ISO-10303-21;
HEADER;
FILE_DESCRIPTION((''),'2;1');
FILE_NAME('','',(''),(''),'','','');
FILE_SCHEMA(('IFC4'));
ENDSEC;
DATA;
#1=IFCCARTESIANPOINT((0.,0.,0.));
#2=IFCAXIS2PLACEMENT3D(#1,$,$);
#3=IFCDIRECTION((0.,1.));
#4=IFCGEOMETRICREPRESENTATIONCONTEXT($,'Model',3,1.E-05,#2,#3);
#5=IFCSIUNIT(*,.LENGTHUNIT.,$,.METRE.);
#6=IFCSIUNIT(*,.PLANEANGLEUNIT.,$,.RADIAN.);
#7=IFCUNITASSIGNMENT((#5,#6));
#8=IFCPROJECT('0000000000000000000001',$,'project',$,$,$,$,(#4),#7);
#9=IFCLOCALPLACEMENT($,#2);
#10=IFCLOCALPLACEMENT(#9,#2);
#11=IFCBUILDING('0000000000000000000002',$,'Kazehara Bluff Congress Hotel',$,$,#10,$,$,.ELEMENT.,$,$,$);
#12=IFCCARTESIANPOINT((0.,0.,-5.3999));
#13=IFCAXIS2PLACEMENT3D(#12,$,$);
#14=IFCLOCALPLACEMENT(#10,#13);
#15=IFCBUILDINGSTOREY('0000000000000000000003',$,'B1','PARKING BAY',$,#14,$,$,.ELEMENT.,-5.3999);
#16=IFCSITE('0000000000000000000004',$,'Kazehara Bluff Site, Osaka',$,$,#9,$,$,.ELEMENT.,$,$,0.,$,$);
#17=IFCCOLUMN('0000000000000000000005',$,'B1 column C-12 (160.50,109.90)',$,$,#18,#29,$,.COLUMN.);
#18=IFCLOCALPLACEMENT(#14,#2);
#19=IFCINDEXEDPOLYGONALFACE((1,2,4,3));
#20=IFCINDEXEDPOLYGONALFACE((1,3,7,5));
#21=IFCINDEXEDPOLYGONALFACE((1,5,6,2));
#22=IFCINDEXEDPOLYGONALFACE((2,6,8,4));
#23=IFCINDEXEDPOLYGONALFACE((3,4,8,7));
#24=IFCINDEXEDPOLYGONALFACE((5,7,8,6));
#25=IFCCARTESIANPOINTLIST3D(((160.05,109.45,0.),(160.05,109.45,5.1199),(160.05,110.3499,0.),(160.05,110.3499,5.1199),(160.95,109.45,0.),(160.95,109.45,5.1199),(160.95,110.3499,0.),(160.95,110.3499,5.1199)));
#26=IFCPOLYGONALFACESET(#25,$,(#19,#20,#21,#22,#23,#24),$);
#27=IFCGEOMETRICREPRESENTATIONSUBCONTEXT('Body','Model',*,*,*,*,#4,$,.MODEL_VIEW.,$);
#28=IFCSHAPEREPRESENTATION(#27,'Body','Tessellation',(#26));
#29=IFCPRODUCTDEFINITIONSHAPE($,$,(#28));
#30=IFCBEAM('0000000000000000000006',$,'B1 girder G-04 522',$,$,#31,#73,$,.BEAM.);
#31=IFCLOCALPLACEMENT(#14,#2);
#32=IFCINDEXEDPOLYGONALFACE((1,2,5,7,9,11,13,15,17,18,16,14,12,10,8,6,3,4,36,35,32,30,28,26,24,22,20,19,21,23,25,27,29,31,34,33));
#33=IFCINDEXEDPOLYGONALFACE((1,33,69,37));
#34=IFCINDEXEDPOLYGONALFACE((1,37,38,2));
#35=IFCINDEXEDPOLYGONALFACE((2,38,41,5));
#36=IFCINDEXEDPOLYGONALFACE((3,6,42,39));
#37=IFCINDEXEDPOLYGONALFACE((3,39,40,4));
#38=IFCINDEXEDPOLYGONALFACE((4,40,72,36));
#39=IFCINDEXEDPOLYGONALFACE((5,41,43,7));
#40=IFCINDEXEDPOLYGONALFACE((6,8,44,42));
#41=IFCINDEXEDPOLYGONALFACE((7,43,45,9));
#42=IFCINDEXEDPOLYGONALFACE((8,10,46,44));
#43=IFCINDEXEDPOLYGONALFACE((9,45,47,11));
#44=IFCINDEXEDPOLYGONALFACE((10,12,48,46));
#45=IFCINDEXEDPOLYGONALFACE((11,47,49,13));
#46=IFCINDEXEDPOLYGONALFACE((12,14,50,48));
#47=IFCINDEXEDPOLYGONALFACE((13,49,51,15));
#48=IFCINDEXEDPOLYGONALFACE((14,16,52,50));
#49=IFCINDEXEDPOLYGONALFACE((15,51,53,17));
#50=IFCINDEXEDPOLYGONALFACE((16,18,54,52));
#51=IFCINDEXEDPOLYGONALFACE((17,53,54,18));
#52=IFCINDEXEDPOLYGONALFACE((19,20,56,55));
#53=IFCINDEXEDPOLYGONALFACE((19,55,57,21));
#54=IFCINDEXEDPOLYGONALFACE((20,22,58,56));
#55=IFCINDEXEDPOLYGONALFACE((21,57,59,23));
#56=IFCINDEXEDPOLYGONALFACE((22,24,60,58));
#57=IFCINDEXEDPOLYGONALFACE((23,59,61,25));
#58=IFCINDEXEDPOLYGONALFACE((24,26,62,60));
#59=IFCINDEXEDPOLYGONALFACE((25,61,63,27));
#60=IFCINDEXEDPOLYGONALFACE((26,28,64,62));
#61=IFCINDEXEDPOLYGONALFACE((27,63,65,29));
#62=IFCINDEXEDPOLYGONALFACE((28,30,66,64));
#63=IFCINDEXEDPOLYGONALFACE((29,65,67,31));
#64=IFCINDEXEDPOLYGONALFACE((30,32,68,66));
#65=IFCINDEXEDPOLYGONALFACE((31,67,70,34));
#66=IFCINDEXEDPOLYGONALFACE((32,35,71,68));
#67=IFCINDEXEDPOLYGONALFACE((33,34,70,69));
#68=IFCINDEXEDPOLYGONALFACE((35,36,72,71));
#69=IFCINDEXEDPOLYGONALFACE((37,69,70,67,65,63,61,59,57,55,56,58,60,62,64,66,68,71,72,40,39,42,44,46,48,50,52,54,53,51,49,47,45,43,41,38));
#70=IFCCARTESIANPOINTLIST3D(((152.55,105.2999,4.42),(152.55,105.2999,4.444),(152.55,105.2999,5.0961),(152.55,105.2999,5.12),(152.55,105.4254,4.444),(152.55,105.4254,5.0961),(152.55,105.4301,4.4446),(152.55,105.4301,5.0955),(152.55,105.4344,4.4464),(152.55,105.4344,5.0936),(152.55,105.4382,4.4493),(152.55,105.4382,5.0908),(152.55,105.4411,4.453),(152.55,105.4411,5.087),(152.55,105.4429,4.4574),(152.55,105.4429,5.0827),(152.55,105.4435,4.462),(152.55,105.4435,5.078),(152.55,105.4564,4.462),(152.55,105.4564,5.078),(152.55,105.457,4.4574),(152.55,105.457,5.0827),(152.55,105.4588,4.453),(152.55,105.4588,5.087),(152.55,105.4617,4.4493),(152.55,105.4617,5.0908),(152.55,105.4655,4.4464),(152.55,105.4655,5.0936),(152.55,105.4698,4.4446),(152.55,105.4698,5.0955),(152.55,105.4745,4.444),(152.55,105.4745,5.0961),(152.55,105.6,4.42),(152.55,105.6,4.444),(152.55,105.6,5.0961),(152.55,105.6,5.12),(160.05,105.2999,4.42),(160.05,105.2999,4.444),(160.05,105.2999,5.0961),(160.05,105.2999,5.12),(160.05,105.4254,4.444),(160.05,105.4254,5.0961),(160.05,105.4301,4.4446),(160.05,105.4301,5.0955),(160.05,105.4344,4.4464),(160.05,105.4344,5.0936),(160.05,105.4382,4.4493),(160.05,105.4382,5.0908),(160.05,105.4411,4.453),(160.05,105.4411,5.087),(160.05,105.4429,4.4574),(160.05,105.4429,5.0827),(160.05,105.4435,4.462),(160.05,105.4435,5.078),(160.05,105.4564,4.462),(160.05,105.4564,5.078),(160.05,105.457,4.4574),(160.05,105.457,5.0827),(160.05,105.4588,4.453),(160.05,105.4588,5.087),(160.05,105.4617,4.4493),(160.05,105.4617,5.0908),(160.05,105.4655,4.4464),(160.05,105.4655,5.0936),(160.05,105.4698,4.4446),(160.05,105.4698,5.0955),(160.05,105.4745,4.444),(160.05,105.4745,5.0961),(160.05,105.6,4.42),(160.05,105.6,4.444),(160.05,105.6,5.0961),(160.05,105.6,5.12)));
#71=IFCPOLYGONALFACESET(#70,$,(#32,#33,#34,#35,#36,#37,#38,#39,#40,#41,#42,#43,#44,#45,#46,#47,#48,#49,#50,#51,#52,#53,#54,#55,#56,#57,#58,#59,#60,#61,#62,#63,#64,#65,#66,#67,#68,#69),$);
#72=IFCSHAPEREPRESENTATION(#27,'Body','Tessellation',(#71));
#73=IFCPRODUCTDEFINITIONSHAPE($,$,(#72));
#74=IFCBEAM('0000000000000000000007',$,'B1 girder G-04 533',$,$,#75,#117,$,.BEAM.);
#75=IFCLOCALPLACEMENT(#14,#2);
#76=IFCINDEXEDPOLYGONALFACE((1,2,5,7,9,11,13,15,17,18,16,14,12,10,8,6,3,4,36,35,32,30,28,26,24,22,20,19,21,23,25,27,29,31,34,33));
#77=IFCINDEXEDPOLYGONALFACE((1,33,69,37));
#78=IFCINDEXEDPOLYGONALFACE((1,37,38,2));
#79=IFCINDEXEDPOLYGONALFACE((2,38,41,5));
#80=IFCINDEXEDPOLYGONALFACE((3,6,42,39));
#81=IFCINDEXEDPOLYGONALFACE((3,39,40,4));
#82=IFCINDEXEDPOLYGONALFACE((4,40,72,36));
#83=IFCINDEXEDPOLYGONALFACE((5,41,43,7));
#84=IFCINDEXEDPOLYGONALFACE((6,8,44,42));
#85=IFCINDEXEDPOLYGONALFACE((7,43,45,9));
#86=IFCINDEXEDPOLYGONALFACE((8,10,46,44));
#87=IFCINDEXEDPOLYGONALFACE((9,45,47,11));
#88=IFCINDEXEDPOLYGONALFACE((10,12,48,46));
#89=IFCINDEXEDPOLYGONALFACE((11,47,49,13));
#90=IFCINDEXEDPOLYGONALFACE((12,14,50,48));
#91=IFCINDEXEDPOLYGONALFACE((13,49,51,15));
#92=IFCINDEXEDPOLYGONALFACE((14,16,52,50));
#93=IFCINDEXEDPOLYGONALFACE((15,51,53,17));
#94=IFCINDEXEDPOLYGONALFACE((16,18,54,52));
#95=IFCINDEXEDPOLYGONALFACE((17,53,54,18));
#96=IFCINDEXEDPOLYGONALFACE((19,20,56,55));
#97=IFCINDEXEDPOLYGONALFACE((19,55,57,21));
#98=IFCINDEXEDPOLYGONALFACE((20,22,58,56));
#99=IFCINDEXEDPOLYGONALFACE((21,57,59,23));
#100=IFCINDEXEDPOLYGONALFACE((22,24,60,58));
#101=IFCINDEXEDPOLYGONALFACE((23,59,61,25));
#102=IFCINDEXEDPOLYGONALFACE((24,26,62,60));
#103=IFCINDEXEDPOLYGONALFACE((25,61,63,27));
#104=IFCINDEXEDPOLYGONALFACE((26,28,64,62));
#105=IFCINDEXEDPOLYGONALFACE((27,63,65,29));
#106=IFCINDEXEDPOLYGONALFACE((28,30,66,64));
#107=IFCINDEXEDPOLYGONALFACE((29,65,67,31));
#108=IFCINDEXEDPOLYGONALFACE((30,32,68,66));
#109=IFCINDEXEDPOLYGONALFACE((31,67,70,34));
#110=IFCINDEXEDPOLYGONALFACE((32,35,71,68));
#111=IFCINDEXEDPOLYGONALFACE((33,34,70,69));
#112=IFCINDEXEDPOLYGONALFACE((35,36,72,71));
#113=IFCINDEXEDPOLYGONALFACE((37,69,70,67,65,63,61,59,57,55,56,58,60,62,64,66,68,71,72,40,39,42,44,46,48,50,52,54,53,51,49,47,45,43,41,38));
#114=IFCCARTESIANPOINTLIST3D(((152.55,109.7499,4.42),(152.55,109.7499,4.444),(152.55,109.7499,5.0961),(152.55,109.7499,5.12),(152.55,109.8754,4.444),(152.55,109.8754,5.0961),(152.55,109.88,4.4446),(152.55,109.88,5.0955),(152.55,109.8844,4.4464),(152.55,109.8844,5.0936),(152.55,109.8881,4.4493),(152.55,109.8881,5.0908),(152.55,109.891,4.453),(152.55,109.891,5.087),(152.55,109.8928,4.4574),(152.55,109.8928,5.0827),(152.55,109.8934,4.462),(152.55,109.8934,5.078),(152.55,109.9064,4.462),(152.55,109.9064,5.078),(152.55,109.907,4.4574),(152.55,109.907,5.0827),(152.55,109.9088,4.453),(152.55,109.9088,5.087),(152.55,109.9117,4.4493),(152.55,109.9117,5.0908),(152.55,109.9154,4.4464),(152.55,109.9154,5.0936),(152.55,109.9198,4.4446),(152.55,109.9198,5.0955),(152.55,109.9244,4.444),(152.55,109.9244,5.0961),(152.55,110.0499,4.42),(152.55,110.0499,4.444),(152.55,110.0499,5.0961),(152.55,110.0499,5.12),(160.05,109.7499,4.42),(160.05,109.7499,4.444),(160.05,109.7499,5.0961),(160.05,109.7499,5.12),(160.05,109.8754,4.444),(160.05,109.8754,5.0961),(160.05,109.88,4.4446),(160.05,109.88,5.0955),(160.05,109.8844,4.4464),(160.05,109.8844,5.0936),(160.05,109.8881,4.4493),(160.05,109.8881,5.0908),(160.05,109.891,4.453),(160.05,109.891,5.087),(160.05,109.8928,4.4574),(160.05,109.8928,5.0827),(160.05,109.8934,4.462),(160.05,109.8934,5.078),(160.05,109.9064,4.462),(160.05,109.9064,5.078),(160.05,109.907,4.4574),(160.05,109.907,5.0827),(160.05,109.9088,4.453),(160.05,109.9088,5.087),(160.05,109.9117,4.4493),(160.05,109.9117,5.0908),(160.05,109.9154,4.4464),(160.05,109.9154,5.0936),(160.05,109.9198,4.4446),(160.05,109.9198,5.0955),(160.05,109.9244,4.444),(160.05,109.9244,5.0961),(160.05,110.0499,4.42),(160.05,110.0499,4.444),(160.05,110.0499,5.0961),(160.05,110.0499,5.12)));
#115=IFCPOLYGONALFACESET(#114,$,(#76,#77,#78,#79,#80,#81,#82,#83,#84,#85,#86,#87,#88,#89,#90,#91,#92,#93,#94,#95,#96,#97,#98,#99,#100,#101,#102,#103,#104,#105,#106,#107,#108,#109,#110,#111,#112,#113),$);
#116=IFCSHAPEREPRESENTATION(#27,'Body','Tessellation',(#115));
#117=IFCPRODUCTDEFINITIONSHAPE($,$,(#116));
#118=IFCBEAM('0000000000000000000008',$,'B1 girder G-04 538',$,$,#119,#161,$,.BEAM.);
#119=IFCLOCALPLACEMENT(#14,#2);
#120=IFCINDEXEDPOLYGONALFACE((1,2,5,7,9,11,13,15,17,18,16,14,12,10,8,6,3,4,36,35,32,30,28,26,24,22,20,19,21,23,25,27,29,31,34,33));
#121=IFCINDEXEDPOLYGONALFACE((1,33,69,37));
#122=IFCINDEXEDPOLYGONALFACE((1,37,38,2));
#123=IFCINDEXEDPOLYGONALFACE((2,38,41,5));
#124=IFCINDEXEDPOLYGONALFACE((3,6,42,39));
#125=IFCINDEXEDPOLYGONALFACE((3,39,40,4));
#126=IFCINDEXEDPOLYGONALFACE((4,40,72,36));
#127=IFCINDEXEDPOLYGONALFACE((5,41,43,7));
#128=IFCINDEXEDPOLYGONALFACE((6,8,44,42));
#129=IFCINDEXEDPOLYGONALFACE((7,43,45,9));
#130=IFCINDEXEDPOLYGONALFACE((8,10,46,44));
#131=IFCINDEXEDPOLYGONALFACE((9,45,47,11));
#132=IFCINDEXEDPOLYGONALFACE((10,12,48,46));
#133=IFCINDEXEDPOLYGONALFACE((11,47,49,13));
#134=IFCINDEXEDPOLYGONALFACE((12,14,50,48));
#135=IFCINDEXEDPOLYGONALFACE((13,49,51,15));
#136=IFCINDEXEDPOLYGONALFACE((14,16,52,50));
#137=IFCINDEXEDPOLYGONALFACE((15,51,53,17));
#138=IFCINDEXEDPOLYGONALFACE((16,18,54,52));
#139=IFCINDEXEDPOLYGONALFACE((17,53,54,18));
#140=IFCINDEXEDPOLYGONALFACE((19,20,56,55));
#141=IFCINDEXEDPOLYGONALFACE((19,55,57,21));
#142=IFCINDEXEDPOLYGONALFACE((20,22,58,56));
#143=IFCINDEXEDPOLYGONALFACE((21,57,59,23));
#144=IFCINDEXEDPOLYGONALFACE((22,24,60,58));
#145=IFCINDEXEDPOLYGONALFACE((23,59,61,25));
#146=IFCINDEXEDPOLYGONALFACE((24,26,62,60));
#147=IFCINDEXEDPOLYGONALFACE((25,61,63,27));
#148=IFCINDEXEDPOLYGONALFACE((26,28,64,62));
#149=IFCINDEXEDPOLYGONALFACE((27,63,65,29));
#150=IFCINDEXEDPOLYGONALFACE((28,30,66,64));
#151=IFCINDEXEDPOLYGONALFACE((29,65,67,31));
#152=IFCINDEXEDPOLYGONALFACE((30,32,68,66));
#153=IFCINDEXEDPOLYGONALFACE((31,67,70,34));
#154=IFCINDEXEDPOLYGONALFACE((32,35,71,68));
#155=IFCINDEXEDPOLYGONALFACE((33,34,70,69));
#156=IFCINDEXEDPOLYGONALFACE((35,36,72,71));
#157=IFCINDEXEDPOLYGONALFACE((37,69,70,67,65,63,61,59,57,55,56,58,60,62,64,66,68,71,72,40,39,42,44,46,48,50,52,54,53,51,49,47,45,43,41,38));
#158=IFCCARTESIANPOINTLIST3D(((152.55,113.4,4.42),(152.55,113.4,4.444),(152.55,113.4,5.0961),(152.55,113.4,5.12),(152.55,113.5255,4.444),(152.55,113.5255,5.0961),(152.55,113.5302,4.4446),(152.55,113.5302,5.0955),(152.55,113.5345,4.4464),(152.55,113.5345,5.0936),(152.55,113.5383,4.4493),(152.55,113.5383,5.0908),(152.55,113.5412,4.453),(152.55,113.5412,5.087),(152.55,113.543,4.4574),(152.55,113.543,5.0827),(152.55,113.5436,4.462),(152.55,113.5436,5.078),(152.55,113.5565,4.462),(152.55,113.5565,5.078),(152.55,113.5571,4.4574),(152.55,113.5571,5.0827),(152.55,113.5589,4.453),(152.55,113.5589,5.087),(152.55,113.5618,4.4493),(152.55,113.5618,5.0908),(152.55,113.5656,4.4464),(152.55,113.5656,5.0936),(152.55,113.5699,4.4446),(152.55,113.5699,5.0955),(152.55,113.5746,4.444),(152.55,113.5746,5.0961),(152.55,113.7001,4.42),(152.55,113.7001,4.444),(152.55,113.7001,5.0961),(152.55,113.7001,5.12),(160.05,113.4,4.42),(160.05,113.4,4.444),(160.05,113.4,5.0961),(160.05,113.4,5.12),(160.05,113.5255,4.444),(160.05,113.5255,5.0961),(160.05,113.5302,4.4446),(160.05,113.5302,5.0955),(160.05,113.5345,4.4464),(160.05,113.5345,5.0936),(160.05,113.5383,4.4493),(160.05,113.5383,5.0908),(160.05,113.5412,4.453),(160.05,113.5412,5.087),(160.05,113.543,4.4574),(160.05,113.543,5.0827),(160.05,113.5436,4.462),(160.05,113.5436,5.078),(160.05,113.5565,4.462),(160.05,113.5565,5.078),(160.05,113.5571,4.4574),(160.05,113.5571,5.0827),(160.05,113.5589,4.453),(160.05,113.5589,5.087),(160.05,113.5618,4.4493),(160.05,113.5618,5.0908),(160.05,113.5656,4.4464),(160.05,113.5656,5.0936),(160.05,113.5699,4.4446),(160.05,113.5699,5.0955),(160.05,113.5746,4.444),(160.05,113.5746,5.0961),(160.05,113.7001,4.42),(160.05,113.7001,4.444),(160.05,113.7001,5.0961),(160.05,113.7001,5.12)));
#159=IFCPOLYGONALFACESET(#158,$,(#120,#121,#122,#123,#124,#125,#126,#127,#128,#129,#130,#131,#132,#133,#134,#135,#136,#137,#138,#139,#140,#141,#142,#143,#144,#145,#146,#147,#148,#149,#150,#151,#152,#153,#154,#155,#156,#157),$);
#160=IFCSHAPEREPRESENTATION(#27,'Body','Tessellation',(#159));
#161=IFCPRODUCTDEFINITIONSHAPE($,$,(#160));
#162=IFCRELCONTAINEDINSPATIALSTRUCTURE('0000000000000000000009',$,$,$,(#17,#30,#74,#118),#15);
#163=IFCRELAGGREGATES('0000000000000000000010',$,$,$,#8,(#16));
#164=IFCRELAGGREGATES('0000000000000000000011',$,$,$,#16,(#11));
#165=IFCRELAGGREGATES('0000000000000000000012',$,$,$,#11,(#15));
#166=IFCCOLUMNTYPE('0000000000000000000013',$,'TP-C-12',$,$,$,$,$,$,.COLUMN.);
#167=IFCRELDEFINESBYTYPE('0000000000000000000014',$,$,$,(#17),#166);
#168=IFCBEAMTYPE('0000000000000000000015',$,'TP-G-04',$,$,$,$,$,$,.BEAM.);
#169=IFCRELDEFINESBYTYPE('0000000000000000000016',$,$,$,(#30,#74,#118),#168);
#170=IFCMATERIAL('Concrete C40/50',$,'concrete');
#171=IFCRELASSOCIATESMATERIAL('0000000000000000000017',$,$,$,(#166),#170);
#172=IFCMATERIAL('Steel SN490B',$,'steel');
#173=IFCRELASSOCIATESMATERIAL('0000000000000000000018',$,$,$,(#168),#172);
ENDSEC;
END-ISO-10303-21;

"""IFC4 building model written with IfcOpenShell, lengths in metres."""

from ifc_helpers import new_model, si_unit, direction, frame, origin, origin_2d, place, context, subcontext, project, spatial, rectangle, i_section, extrude, material, material_profile, profile_set, type_object, element, save


model = new_model("IFC4")

# Units and contexts
model_context = context("Model", 3, precision=1e-05, world=origin(), true_north=direction((0.0, 1.0)))
body_context = subcontext(model_context, "Body", "Model", "MODEL_VIEW")
ifc_project = project(units=[si_unit("LENGTHUNIT", "METRE"), si_unit("PLANEANGLEUNIT", "RADIAN")], contexts=[model_context])

# Site, building, storey
site_placement = place(None, origin())
site = spatial("IfcSite", under=ifc_project, at=site_placement, Name="Kazehara Bluff Site, Osaka", CompositionType="ELEMENT", RefElevation=0.0)
building_placement = place(site_placement, origin())
building = spatial("IfcBuilding", under=site, at=building_placement, Name="Kazehara Bluff Congress Hotel", CompositionType="ELEMENT")
storey_placement = place(building_placement, frame((0.0, 0.0, -5.3999)))
storey = spatial("IfcBuildingStorey", under=building, at=storey_placement, Name="B1", Description="PARKING BAY", CompositionType="ELEMENT", Elevation=-5.3999)

# Column
ifc_material_1 = material(Name="Concrete C40/50", Category="concrete")
ifc_material_profile_1 = material_profile(ifc_material_1, rectangle(XDim=0.8999, YDim=0.8999, at=origin_2d()))
ifc_profile_set_1 = profile_set([ifc_material_profile_1], Name="Concrete C40/50")
column_type_1 = type_object("IfcColumnType", Name="TP-C-12", PredefinedType="COLUMN", material=ifc_profile_set_1)
column_placement = place(storey_placement, frame((160.5, 109.8999, 0.0), z_axis=(0.0, 0.0, 1.0), x_axis=(1.0, 0.0, 0.0)))
element("IfcColumn", 1, at=column_placement, inside=storey, type_object=column_type_1, Name="B1 column C-12 (160.50,109.90)", PredefinedType="COLUMN", context=body_context, shape_type="SweptSolid", body=[
    extrude(rectangle(XDim=0.8999, YDim=0.8999, at=origin_2d()), origin(), (0.0, 0.0, 1.0), 5.1199),
])

# Beams
ifc_material_2 = material(Name="Steel SN490B", Category="steel")
ifc_material_profile_2 = material_profile(ifc_material_2, i_section(OverallWidth=0.3, OverallDepth=0.7, WebThickness=0.0129, FlangeThickness=0.0239, FilletRadius=0.0181, at=origin_2d()))
ifc_profile_set_2 = profile_set([ifc_material_profile_2], Name="Steel SN490B")
beam_type_1 = type_object("IfcBeamType", Name="TP-G-04", PredefinedType="BEAM", material=ifc_profile_set_2)
for number, where, z_axis, x_axis, name in (
    (2, (152.55, 105.45, 4.77), (1.0, 0.0, 0.0), (0.0, 1.0, 0.0), "B1 girder G-04 522"),
    (3, (152.55, 109.8999, 4.77), (1.0, 0.0, 0.0), (0.0, 1.0, 0.0), "B1 girder G-04 533"),
    (4, (152.55, 113.55, 4.77), (1.0, 0.0, 0.0), (0.0, 1.0, 0.0), "B1 girder G-04 538"),
):
    element("IfcBeam", number, at=place(storey_placement, frame(where, z_axis=z_axis, x_axis=x_axis)), inside=storey, type_object=beam_type_1, Name=name, PredefinedType="BEAM", context=body_context, shape_type="SweptSolid", body=[
        extrude(i_section(OverallWidth=0.3, OverallDepth=0.7, WebThickness=0.0129, FlangeThickness=0.0239, FilletRadius=0.0181, at=origin_2d()), origin(), (0.0, 0.0, 1.0), 7.5),
    ])

save(model, "model.ifc")
